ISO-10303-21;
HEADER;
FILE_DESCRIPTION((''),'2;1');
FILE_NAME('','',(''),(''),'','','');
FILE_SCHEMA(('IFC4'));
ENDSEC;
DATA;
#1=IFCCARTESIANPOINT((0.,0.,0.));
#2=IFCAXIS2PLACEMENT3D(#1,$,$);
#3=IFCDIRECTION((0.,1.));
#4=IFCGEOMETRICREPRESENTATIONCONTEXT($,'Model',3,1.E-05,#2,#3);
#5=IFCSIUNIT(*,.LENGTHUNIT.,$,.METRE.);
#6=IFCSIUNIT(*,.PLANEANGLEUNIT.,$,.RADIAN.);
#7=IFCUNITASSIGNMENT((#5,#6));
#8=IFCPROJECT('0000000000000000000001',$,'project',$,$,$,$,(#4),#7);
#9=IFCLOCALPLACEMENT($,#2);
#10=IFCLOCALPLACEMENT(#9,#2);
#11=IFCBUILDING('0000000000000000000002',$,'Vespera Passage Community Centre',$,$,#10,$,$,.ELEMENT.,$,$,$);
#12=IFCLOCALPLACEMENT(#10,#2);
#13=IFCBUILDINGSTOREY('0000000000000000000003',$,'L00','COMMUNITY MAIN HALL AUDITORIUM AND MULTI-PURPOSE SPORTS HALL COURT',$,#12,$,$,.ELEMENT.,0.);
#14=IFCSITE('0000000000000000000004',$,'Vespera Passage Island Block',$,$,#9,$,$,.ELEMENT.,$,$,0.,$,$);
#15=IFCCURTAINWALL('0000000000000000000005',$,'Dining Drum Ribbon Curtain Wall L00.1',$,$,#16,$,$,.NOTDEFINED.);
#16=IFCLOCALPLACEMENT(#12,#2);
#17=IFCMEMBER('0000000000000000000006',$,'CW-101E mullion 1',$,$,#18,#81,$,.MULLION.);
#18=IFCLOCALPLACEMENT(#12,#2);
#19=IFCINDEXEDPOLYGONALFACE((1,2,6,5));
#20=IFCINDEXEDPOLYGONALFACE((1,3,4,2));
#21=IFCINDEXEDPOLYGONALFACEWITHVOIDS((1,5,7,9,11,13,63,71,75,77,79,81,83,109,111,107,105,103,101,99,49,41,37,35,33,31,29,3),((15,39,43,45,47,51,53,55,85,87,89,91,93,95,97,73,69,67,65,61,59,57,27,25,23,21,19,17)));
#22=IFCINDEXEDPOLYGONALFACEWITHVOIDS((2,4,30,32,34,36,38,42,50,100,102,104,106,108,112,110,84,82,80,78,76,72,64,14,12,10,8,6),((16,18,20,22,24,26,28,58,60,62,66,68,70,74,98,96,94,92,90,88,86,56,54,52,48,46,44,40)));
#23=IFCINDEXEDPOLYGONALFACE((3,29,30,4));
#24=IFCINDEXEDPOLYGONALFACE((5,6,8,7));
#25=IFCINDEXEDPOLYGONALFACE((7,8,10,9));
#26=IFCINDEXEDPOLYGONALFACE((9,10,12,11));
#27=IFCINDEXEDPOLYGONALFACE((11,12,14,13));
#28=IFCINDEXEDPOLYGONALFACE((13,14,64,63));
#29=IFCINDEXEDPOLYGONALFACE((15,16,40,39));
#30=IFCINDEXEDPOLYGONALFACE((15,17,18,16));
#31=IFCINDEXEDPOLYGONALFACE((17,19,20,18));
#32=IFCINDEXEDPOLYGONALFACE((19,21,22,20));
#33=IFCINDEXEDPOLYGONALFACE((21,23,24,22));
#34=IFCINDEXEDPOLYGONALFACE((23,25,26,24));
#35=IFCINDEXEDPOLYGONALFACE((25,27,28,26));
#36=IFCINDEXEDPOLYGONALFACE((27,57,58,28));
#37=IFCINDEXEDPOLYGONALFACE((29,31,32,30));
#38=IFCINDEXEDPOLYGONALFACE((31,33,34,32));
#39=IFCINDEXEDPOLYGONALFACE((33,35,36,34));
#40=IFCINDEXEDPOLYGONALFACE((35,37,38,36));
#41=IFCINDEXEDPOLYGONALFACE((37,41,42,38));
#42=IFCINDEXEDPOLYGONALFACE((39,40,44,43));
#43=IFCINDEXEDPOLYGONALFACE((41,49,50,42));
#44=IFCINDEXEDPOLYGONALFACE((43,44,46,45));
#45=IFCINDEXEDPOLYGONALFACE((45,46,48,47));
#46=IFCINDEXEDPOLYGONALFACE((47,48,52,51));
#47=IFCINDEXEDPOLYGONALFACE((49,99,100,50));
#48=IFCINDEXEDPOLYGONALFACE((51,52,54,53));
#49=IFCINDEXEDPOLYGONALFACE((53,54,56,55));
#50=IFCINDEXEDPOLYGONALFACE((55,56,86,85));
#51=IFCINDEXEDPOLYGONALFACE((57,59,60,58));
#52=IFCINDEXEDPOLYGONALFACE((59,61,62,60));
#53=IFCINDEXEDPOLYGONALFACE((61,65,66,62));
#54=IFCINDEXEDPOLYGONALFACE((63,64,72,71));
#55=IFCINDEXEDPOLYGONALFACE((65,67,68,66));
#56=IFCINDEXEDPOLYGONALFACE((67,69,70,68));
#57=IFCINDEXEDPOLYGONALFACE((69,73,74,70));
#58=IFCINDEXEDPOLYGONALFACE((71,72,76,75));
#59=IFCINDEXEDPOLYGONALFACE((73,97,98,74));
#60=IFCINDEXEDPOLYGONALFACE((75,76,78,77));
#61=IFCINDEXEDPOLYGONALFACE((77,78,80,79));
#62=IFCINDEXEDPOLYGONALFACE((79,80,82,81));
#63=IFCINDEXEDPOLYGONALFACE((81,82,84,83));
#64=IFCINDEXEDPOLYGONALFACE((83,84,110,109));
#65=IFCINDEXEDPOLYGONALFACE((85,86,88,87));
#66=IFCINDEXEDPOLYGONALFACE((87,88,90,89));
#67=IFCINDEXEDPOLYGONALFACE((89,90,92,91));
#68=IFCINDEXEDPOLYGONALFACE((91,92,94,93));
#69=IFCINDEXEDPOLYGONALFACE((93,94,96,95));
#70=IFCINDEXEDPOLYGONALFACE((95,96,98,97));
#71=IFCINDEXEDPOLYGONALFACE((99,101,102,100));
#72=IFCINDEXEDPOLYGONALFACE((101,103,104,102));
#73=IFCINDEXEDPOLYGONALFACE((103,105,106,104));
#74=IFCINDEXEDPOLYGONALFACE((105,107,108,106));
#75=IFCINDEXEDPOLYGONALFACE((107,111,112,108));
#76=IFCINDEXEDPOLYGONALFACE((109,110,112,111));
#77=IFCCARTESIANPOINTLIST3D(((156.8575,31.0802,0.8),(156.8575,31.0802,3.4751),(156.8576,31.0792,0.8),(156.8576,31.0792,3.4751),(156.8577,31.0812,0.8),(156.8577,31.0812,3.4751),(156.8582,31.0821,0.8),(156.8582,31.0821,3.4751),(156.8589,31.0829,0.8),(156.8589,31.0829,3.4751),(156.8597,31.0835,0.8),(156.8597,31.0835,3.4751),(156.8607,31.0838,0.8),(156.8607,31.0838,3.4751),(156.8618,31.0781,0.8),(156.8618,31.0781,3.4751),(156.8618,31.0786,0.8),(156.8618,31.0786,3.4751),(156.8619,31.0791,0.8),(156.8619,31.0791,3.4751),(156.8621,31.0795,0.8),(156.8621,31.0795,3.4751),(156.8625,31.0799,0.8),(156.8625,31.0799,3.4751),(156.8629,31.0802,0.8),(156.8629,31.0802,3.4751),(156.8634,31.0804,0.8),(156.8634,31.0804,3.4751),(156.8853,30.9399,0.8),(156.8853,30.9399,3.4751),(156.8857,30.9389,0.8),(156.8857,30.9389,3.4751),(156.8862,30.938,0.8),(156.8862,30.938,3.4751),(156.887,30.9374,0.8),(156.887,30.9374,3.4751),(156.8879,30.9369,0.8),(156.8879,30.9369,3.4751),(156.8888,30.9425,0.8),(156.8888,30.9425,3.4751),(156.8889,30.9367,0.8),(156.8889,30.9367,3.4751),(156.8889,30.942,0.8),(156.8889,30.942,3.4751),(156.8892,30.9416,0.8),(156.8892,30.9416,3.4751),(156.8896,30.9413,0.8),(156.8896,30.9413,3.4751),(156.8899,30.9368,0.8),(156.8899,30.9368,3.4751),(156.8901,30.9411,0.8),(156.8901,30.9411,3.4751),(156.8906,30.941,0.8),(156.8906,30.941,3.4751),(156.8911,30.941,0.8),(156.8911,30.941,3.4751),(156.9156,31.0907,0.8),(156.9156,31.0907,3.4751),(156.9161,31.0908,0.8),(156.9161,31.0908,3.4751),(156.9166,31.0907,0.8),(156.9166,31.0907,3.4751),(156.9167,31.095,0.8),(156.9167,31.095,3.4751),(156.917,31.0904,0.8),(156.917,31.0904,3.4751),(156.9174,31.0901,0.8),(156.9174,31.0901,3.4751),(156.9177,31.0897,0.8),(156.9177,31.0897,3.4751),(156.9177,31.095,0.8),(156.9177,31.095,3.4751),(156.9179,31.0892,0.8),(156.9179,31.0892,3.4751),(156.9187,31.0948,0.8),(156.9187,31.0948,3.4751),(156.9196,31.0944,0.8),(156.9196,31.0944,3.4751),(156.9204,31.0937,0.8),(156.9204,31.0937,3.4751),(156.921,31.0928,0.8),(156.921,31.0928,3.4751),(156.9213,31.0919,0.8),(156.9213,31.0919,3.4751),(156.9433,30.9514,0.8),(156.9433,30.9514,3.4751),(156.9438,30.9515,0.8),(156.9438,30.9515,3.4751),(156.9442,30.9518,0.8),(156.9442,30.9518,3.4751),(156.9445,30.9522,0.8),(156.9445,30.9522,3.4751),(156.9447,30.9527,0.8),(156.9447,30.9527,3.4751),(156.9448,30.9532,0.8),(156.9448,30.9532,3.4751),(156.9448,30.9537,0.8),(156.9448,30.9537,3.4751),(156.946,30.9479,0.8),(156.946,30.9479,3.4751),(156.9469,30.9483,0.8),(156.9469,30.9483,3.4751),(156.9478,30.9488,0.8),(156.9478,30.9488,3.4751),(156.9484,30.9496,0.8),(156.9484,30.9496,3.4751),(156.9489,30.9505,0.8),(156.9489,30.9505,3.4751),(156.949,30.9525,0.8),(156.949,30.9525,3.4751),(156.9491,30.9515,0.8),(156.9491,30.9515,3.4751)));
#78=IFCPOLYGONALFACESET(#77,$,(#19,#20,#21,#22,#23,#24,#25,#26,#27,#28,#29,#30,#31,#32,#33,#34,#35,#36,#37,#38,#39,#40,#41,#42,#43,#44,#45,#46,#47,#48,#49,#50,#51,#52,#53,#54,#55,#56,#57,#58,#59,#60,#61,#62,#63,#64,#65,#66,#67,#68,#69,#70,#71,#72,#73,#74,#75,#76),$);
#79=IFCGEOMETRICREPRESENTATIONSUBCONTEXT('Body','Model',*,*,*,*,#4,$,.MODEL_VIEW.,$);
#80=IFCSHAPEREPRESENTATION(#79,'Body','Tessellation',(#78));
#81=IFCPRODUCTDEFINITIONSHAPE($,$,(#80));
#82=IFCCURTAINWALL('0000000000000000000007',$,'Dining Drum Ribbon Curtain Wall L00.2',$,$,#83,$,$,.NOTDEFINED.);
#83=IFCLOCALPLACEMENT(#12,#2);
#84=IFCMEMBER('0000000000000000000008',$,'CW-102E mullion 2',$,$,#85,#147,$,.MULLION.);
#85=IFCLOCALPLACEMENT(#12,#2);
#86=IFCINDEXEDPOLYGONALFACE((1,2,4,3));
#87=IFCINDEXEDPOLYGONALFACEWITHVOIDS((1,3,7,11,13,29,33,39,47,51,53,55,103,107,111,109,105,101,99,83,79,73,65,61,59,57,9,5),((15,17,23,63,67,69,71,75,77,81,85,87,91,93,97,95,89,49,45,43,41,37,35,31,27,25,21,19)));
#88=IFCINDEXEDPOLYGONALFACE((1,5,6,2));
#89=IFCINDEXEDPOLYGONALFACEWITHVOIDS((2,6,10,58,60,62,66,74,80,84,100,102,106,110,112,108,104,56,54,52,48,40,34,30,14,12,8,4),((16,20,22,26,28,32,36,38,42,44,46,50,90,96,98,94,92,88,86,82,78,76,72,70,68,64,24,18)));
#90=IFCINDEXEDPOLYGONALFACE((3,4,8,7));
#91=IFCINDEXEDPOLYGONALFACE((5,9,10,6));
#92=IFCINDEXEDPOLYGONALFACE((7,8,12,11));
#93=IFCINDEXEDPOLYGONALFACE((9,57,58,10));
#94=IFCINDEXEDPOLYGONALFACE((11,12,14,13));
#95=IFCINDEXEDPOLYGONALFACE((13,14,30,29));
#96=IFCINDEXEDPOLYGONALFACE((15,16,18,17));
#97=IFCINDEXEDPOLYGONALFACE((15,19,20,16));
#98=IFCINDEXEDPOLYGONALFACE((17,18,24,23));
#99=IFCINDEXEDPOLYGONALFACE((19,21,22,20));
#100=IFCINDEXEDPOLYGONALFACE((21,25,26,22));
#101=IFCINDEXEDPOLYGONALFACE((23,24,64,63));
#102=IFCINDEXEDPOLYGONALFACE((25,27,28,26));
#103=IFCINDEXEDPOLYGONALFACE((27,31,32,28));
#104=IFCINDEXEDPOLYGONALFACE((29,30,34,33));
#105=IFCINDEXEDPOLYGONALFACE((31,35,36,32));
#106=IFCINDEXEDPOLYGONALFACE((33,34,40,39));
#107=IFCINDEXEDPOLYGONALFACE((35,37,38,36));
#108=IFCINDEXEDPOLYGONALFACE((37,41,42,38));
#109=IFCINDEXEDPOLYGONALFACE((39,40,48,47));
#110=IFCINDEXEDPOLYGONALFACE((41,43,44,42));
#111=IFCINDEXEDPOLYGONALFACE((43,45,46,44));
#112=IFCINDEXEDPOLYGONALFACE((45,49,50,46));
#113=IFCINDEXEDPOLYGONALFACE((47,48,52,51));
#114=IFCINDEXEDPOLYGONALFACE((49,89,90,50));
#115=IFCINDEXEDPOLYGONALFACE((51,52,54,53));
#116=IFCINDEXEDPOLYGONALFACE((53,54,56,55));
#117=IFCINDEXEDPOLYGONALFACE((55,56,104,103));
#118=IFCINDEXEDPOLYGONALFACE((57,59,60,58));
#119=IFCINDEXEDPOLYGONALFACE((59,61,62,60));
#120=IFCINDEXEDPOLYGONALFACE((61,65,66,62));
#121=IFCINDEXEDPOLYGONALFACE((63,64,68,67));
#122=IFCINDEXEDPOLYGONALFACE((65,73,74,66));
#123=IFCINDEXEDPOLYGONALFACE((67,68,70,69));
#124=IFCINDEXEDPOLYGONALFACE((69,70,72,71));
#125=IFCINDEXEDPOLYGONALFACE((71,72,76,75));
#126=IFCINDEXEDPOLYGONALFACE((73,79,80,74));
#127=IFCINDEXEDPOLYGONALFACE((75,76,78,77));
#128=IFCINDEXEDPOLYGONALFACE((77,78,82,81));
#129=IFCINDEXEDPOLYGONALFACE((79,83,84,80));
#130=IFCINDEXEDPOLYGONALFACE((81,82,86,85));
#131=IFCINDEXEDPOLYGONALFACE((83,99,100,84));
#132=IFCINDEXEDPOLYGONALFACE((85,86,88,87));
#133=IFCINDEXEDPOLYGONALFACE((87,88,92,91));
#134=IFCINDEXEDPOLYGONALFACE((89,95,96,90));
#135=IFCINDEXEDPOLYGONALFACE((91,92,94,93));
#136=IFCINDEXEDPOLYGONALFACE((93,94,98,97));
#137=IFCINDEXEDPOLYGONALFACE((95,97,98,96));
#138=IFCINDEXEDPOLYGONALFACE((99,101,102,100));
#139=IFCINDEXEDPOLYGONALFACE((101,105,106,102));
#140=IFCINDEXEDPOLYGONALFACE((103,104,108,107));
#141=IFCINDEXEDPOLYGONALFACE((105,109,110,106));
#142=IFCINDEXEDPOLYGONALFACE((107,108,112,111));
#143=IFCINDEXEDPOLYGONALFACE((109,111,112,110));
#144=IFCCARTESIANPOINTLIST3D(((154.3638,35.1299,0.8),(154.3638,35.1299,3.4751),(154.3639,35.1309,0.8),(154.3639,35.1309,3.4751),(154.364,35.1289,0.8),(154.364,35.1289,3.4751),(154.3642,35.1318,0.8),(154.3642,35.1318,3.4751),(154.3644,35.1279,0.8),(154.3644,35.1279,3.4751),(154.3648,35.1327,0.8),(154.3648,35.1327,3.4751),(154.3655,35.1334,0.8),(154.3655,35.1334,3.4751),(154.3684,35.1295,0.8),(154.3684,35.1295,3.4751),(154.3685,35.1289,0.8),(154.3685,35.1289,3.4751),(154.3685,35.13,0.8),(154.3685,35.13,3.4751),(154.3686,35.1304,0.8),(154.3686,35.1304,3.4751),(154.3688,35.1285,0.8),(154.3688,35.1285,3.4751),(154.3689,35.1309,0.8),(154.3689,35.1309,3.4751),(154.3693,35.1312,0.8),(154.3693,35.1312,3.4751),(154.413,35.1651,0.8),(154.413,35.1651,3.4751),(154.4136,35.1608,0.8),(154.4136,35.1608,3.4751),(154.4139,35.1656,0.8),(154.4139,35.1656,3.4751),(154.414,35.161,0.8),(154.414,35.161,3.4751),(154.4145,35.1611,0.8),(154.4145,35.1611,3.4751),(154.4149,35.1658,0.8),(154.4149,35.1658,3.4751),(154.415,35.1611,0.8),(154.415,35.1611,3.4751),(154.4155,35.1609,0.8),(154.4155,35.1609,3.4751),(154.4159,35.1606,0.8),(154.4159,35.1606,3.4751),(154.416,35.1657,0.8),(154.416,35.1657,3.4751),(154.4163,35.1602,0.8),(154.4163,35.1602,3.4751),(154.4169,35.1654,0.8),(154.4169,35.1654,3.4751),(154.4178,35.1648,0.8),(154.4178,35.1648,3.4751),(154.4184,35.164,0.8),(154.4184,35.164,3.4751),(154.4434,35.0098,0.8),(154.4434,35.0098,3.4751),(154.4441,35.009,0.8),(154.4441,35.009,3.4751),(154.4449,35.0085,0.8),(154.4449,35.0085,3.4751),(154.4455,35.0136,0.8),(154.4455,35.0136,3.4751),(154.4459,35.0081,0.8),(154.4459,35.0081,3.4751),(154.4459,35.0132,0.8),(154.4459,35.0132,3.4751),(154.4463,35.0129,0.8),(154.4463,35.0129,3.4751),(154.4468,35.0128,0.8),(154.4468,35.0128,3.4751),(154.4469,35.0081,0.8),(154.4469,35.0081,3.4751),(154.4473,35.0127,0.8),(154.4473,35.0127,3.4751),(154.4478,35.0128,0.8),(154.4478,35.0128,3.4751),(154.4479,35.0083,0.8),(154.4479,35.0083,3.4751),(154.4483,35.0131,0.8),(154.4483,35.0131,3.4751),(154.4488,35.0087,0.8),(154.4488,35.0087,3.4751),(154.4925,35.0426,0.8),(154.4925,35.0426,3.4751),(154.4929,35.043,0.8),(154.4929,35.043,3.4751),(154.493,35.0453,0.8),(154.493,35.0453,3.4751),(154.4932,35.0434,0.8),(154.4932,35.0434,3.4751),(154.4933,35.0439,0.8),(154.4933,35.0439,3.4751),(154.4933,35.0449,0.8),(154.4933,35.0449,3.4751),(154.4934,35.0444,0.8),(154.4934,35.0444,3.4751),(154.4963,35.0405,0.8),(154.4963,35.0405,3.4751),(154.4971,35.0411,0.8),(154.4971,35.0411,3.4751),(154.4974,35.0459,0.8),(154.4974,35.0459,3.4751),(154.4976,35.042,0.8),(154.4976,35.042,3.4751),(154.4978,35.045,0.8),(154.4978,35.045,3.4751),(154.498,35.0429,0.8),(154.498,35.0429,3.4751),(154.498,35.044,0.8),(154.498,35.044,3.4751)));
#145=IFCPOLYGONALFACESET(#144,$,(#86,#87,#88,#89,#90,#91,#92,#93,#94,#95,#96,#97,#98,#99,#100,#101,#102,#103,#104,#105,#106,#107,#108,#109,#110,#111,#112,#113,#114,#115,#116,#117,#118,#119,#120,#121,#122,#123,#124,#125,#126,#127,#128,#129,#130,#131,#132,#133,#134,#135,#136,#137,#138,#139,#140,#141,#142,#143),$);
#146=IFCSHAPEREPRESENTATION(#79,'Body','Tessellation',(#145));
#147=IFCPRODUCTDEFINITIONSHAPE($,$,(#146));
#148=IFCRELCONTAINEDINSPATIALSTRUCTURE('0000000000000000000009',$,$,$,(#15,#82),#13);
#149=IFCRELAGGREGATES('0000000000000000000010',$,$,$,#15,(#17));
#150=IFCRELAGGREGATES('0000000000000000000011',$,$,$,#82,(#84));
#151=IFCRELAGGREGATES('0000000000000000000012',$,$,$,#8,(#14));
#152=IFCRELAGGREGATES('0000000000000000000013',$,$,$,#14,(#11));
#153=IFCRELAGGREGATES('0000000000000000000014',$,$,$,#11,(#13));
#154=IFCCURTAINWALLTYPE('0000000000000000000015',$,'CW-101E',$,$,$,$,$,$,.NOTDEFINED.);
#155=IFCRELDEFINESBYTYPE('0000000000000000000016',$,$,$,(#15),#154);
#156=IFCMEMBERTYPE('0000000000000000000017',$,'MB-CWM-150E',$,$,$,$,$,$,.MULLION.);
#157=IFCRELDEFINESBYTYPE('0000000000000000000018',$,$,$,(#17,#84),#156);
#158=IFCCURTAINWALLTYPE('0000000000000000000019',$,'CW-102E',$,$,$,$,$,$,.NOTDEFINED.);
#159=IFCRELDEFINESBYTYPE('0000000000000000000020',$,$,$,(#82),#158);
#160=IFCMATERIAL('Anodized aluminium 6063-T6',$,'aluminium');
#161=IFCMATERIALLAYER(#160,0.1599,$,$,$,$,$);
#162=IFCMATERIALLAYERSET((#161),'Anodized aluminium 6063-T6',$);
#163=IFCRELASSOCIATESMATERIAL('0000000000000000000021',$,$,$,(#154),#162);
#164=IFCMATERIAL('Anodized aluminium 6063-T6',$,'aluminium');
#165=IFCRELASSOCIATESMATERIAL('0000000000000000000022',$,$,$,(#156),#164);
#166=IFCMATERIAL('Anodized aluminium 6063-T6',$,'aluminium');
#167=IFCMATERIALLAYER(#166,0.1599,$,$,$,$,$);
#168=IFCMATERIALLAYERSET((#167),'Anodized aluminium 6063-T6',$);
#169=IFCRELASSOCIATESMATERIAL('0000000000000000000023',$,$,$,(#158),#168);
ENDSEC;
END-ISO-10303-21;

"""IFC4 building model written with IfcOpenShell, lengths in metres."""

from ifc_helpers import new_model, si_unit, direction, frame, origin, origin_2d, place, context, subcontext, project, spatial, hollow_rectangle, extrude, material, layer, layer_set, material_profile, profile_set, type_object, element, aggregate, save


model = new_model("IFC4")

# Units and contexts
model_context = context("Model", 3, precision=1e-05, world=origin(), true_north=direction((0.0, 1.0)))
body_context = subcontext(model_context, "Body", "Model", "MODEL_VIEW")
ifc_project = project(units=[si_unit("LENGTHUNIT", "METRE"), si_unit("PLANEANGLEUNIT", "RADIAN")], contexts=[model_context])

# Site, building, storey
site_placement = place(None, origin())
site = spatial("IfcSite", under=ifc_project, at=site_placement, Name="Vespera Passage Island Block", CompositionType="ELEMENT", RefElevation=0.0)
building_placement = place(site_placement, origin())
building = spatial("IfcBuilding", under=site, at=building_placement, Name="Vespera Passage Community Centre", CompositionType="ELEMENT")
storey_placement = place(building_placement, origin())
storey = spatial("IfcBuildingStorey", under=building, at=storey_placement, Name="L00", Description="COMMUNITY MAIN HALL AUDITORIUM AND MULTI-PURPOSE SPORTS HALL COURT", CompositionType="ELEMENT", Elevation=0.0)

# Curtain wall, member
ifc_material_1 = material(Name="Anodized aluminium 6063-T6", Category="aluminium")
ifc_layer_1 = layer(ifc_material_1, 0.1599)
ifc_layer_set_1 = layer_set([ifc_layer_1], Name="Anodized aluminium 6063-T6")
curtain_wall_type_1 = type_object("IfcCurtainWallType", Name="CW-101E", PredefinedType="NOTDEFINED", material=ifc_layer_set_1)
curtain_wall_1_placement = place(storey_placement, origin())
curtain_wall_1 = element("IfcCurtainWall", 1, at=curtain_wall_1_placement, inside=storey, type_object=curtain_wall_type_1, Name="Dining Drum Ribbon Curtain Wall L00.1", PredefinedType="NOTDEFINED")
ifc_material_2 = material(Name="Anodized aluminium 6063-T6", Category="aluminium")
ifc_material_profile_1 = material_profile(ifc_material_2, hollow_rectangle(XDim=0.0649, YDim=0.1499, WallThickness=0.0039, InnerFilletRadius=0.002, OuterFilletRadius=0.0039, at=origin_2d()), Name="ALU150X65X4")
ifc_profile_set_1 = profile_set([ifc_material_profile_1], Name="Anodized aluminium 6063-T6")
member_type_1 = type_object("IfcMemberType", Name="MB-CWM-150E", PredefinedType="MULLION", material=ifc_profile_set_1)
member_1_placement = place(storey_placement, frame((156.9033, 31.0159, 0.8), z_axis=(0.0, 0.0, 1.0), x_axis=(0.980784, 0.195097, 0.0)))
member_1 = element("IfcMember", 2, at=member_1_placement, type_object=member_type_1, Name="CW-101E mullion 1", PredefinedType="MULLION", context=body_context, shape_type="SweptSolid", body=[
    extrude(hollow_rectangle(XDim=0.0649, YDim=0.1499, WallThickness=0.0039, InnerFilletRadius=0.002, OuterFilletRadius=0.0039, at=origin_2d()), origin(), (0.0, 0.0, 1.0), 2.675),
])

# Curtain wall, member
ifc_material_3 = material(Name="Anodized aluminium 6063-T6", Category="aluminium")
ifc_layer_2 = layer(ifc_material_3, 0.1599)
ifc_layer_set_2 = layer_set([ifc_layer_2], Name="Anodized aluminium 6063-T6")
curtain_wall_type_2 = type_object("IfcCurtainWallType", Name="CW-102E", PredefinedType="NOTDEFINED", material=ifc_layer_set_2)
curtain_wall_2_placement = place(storey_placement, origin())
curtain_wall_2 = element("IfcCurtainWall", 3, at=curtain_wall_2_placement, inside=storey, type_object=curtain_wall_type_2, Name="Dining Drum Ribbon Curtain Wall L00.2", PredefinedType="NOTDEFINED")
member_2_placement = place(storey_placement, frame((154.4309, 35.0869, 0.8), z_axis=(0.0, 0.0, 1.0), x_axis=(0.831473, 0.555565, 0.0)))
member_2 = element("IfcMember", 4, at=member_2_placement, type_object=member_type_1, Name="CW-102E mullion 2", PredefinedType="MULLION", context=body_context, shape_type="SweptSolid", body=[
    extrude(hollow_rectangle(XDim=0.0649, YDim=0.1499, WallThickness=0.0039, InnerFilletRadius=0.002, OuterFilletRadius=0.0039, at=origin_2d()), origin(), (0.0, 0.0, 1.0), 2.675),
])

aggregate(curtain_wall_1, [member_1])

aggregate(curtain_wall_2, [member_2])

save(model, "model.ifc")
